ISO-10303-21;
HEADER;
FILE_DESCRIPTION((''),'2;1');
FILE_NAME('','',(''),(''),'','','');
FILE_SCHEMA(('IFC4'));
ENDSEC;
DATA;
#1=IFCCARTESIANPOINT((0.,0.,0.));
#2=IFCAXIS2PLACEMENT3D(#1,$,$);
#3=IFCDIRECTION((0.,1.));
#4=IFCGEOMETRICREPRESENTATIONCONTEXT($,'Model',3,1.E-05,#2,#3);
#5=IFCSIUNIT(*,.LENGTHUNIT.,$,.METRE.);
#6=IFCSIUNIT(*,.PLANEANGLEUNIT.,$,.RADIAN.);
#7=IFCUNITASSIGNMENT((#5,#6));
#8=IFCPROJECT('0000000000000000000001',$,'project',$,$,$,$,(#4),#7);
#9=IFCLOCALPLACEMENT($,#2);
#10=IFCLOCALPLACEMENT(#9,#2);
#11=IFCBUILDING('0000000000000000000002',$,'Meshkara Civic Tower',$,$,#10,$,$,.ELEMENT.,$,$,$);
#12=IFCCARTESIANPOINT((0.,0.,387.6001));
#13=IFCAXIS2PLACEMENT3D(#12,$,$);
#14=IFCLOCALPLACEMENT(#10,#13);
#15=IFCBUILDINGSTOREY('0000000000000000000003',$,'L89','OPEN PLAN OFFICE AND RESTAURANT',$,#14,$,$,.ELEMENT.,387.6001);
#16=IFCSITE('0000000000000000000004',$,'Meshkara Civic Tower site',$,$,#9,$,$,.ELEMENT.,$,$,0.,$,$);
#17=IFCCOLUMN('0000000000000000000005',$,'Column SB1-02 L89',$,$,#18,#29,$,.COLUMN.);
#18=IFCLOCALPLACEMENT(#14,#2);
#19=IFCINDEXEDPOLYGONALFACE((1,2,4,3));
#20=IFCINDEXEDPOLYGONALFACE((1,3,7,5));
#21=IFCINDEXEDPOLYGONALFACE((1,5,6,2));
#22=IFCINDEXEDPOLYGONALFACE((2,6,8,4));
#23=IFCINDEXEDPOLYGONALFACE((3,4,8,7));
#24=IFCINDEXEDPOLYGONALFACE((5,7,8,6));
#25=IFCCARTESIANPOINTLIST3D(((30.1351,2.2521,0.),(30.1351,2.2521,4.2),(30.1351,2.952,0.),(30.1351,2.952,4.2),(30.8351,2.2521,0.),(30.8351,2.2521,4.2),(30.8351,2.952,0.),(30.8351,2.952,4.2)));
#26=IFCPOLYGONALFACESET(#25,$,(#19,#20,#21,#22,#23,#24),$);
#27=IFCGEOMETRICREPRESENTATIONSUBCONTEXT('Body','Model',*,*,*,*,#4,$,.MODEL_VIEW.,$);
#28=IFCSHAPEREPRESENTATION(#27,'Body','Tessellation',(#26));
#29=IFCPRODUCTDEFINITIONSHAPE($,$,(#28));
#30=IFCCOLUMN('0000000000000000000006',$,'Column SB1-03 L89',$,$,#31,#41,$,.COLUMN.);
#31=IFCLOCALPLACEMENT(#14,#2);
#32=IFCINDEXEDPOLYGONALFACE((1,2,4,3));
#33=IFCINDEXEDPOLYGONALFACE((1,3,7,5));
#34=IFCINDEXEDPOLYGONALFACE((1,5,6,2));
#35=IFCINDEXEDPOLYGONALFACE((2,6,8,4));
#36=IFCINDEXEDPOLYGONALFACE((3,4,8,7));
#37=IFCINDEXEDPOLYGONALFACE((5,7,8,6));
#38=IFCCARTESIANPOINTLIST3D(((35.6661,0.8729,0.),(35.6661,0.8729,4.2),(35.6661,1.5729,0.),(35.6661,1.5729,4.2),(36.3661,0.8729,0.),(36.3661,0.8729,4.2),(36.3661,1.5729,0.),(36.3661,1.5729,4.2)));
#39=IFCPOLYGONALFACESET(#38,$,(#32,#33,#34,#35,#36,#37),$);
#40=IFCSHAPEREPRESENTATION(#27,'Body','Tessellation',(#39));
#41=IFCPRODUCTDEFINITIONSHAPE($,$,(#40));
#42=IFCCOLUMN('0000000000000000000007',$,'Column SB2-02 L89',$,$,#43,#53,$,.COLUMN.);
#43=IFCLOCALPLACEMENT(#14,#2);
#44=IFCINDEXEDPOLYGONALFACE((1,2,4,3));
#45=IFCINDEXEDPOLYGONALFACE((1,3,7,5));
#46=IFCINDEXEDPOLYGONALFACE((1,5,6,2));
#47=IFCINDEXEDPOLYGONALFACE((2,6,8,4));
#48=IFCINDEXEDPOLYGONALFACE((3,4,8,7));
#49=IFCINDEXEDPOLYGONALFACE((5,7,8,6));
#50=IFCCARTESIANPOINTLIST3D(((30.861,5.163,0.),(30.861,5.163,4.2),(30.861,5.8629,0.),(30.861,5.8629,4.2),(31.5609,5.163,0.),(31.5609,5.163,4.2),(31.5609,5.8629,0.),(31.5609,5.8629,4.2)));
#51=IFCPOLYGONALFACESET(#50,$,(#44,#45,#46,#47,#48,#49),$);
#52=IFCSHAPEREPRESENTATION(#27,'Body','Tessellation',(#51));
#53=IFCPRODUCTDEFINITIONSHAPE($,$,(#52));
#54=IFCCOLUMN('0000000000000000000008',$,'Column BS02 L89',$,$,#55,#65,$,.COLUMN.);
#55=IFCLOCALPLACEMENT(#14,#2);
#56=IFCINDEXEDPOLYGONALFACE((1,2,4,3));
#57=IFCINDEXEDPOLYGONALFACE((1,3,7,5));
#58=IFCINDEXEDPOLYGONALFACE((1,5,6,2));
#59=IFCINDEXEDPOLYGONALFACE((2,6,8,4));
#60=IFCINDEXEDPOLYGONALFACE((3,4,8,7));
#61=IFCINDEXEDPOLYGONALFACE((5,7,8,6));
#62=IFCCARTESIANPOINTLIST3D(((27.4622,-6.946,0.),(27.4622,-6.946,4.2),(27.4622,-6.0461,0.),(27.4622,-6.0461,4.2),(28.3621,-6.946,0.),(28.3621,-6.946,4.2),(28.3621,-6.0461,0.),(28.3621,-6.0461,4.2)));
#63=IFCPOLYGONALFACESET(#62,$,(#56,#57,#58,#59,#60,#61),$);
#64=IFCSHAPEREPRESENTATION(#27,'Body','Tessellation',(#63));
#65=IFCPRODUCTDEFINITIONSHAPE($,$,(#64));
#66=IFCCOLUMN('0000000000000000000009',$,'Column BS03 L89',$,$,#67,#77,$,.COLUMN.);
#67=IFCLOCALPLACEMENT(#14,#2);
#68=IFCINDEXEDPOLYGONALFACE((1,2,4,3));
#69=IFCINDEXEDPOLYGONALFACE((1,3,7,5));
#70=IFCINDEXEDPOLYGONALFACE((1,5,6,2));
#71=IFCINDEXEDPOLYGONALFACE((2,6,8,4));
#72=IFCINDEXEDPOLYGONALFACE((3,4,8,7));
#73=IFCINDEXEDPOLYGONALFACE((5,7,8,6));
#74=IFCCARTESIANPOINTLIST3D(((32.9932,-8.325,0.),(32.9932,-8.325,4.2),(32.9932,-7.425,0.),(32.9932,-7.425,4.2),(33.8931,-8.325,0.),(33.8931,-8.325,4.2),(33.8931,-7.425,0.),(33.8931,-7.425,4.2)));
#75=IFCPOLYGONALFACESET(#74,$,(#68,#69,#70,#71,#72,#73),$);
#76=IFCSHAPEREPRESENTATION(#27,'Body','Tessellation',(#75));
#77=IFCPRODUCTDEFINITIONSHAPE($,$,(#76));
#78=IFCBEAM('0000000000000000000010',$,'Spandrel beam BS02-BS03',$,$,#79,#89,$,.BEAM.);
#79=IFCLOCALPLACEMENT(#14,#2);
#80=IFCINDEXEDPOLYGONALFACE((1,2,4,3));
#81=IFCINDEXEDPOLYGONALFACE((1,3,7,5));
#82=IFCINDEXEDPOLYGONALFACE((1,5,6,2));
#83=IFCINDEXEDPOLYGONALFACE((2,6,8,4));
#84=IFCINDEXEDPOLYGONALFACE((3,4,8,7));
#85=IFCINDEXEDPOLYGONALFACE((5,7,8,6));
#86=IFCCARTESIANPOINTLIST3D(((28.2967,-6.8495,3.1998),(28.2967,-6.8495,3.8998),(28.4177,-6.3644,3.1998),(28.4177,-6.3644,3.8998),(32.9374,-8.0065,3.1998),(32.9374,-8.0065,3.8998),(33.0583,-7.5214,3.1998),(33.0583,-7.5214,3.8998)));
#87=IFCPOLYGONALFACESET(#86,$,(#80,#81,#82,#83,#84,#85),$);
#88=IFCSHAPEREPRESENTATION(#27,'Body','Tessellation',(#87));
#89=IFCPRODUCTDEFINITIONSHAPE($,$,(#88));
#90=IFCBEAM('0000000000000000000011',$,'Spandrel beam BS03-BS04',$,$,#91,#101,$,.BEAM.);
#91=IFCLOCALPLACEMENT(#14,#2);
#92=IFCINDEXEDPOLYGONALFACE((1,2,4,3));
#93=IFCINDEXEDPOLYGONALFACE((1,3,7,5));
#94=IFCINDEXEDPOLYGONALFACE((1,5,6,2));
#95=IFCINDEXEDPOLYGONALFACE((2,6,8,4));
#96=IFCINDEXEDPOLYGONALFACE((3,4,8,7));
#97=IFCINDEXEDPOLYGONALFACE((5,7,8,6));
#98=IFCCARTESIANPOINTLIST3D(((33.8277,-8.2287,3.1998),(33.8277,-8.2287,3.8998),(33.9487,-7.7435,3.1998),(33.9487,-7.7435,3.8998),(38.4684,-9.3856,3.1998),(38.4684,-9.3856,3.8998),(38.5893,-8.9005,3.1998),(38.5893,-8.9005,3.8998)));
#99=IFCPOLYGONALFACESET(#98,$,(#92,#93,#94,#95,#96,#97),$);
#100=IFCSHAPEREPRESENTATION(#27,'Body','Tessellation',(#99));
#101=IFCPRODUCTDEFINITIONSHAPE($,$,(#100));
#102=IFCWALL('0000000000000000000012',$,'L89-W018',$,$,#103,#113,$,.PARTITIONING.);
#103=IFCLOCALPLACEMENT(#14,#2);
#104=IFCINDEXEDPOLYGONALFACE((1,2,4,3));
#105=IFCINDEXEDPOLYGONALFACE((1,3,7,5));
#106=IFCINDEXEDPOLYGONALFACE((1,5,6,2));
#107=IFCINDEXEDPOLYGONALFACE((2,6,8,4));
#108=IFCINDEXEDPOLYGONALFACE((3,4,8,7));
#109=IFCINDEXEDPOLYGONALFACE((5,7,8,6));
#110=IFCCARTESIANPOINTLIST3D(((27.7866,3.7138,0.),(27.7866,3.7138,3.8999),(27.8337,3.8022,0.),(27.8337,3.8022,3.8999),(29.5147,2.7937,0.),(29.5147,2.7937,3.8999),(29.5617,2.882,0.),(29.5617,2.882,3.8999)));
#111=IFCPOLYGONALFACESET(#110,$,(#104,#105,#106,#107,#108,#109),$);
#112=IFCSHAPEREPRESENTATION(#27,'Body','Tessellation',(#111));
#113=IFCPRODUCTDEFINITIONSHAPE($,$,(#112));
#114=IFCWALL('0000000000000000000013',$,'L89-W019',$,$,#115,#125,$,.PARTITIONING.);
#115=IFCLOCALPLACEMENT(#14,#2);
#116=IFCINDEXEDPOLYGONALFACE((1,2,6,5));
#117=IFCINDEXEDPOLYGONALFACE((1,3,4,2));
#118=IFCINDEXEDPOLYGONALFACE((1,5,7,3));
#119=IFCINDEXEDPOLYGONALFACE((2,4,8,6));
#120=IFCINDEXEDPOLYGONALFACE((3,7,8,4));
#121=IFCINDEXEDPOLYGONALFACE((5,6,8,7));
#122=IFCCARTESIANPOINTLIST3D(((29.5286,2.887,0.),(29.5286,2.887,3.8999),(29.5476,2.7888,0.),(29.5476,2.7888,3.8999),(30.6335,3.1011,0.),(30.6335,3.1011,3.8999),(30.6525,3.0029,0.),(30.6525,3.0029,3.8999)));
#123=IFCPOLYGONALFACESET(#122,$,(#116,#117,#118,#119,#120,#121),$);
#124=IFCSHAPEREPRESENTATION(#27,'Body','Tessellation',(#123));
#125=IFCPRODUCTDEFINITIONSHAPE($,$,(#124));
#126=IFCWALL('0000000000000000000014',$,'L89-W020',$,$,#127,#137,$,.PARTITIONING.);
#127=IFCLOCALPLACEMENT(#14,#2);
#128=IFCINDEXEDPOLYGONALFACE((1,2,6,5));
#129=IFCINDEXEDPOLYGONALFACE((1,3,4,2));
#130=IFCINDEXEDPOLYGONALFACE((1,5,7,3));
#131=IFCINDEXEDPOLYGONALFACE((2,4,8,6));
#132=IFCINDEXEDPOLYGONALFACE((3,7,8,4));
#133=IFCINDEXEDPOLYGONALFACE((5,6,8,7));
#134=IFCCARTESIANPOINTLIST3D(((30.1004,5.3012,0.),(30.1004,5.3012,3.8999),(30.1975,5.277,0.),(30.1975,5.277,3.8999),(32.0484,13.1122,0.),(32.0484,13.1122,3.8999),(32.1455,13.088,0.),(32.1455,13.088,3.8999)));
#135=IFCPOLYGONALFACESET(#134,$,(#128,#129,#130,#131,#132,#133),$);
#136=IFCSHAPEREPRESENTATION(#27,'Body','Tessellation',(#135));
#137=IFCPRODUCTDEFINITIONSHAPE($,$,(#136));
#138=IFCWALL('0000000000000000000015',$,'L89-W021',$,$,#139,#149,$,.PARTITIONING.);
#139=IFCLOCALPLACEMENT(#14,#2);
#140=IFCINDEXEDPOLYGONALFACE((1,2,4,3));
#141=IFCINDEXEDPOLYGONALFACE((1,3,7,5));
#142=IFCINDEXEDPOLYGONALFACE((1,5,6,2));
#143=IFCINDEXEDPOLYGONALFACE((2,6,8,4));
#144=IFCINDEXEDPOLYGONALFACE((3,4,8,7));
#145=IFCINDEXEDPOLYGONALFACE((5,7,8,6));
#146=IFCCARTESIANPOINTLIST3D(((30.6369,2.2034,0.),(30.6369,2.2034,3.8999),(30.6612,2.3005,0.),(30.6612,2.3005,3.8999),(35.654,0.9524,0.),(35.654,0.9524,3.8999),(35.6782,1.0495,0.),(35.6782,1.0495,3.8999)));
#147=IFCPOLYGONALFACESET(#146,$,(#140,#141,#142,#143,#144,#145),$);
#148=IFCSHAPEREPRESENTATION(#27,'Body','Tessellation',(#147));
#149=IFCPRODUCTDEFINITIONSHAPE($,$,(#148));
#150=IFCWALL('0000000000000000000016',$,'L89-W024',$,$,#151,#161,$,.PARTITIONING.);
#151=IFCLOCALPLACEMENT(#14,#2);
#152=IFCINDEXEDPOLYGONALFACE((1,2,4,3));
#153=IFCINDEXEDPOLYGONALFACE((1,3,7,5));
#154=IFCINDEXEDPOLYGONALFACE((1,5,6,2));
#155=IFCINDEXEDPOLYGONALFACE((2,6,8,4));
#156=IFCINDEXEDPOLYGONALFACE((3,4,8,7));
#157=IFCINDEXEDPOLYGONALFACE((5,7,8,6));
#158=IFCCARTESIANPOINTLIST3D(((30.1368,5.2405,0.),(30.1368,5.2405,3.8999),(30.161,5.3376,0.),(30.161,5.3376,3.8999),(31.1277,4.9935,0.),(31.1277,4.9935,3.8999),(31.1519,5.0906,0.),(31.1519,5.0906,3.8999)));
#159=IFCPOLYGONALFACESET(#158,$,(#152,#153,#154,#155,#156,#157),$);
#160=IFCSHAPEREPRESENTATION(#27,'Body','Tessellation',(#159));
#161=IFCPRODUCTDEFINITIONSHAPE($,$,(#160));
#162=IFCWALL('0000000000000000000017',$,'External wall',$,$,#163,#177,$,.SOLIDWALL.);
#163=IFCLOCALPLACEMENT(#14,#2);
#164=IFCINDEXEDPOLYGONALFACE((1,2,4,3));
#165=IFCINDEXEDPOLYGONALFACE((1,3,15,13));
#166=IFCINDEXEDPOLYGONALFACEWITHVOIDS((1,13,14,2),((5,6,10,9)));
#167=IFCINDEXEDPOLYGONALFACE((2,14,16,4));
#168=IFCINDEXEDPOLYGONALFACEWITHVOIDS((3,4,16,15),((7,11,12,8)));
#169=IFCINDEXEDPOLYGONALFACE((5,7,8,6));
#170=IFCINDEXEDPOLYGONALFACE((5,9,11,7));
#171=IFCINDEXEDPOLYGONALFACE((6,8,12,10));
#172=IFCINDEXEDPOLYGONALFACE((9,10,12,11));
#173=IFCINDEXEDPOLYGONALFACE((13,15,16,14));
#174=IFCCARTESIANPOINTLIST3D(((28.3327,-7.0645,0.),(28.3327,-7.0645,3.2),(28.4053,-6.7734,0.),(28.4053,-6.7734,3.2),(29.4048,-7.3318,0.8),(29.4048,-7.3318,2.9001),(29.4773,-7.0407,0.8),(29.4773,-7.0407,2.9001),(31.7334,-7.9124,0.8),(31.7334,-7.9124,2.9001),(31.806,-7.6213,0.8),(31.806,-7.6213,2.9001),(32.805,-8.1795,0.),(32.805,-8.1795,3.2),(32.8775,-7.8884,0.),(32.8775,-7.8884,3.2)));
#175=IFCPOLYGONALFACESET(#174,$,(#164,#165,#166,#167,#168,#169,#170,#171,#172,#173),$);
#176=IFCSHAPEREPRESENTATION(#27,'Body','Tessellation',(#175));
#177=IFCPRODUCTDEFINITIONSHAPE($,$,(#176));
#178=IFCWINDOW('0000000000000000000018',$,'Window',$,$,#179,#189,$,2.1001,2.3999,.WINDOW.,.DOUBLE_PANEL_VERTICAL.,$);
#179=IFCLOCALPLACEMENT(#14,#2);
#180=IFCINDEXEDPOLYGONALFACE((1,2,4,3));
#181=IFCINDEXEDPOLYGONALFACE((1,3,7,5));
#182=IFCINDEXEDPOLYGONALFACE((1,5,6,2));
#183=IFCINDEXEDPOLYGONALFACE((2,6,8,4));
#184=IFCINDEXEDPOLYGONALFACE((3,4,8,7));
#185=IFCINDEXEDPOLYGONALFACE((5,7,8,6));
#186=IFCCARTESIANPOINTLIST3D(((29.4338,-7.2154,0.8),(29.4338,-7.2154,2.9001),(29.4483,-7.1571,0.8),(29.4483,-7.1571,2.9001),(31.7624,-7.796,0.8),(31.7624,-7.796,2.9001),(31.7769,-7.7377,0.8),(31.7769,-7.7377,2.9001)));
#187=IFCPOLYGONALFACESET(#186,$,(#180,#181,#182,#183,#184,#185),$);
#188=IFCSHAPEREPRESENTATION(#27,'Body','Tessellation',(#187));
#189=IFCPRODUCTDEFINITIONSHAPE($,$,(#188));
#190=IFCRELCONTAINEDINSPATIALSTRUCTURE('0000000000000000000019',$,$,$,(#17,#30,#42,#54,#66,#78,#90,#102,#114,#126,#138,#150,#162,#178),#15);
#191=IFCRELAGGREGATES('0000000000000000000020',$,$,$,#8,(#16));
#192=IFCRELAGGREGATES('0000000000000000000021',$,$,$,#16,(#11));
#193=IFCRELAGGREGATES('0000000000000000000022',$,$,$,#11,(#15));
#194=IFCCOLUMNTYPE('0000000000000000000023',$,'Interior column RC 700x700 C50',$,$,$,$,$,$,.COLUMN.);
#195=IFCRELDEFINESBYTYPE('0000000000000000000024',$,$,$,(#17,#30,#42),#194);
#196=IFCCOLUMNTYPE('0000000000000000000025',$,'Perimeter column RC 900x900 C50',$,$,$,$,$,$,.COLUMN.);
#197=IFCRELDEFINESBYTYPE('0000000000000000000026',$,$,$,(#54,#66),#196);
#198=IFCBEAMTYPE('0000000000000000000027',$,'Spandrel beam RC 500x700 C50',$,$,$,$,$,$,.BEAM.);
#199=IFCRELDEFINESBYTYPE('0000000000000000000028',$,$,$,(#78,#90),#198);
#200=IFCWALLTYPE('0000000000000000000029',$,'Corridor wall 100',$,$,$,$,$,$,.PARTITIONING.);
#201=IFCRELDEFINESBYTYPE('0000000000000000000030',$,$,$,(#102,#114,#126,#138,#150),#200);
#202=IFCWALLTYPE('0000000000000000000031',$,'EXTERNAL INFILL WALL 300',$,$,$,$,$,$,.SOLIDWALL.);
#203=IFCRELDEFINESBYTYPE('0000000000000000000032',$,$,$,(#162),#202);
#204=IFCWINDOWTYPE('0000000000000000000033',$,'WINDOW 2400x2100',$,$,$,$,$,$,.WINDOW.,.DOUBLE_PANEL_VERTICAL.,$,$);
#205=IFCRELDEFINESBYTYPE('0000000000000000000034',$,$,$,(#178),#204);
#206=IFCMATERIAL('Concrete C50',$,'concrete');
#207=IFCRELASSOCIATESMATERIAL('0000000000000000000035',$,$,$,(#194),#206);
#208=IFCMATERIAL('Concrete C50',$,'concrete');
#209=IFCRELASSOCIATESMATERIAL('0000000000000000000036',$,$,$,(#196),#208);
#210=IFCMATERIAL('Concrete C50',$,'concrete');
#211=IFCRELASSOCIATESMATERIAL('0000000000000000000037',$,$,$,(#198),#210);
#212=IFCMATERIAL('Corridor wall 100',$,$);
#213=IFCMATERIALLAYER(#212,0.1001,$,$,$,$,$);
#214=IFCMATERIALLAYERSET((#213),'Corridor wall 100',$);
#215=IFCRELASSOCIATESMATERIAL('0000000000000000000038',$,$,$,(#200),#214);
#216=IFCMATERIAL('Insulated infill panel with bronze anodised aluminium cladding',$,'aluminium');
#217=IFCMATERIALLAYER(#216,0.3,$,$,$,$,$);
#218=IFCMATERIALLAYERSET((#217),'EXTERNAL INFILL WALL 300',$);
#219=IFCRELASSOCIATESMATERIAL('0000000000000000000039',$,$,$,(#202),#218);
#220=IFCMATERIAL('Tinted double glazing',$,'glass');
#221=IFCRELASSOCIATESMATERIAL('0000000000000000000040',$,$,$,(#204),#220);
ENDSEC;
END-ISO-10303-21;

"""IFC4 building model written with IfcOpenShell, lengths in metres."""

from ifc_helpers import new_model, si_unit, direction, frame, frame_2d, origin, origin_2d, place, context, subcontext, project, spatial, rectangle, extrude, material, layer, layer_set, material_profile, profile_set, type_object, element, fill, save


model = new_model("IFC4")

# Units and contexts
model_context = context("Model", 3, precision=1e-05, world=origin(), true_north=direction((0.0, 1.0)))
body_context = subcontext(model_context, "Body", "Model", "MODEL_VIEW")
ifc_project = project(units=[si_unit("LENGTHUNIT", "METRE"), si_unit("PLANEANGLEUNIT", "RADIAN")], contexts=[model_context])

# Site, building, storey
site_placement = place(None, origin())
site = spatial("IfcSite", under=ifc_project, at=site_placement, Name="Meshkara Civic Tower site", CompositionType="ELEMENT", RefElevation=0.0)
building_placement = place(site_placement, origin())
building = spatial("IfcBuilding", under=site, at=building_placement, Name="Meshkara Civic Tower", CompositionType="ELEMENT")
storey_placement = place(building_placement, frame((0.0, 0.0, 387.6001)))
storey = spatial("IfcBuildingStorey", under=building, at=storey_placement, Name="L89", Description="OPEN PLAN OFFICE AND RESTAURANT", CompositionType="ELEMENT", Elevation=387.6001)

# Columns
ifc_material_1 = material(Name="Concrete C50", Category="concrete")
ifc_material_profile_1 = material_profile(ifc_material_1, rectangle(XDim=0.7, YDim=0.7, at=origin_2d()))
ifc_profile_set_1 = profile_set([ifc_material_profile_1], Name="Concrete C50")
column_type_1 = type_object("IfcColumnType", Name="Interior column RC 700x700 C50", PredefinedType="COLUMN", material=ifc_profile_set_1)
for number, where, z_axis, x_axis, name in (
    (1, (30.4851, 2.6021, 0.0), (0.0, 0.0, 1.0), (1.0, 0.0, 0.0), "Column SB1-02 L89"),
    (2, (36.0161, 1.2229, 0.0), (0.0, 0.0, 1.0), (1.0, 0.0, 0.0), "Column SB1-03 L89"),
    (3, (31.2109, 5.5129, 0.0), (0.0, 0.0, 1.0), (1.0, 0.0, 0.0), "Column SB2-02 L89"),
):
    element("IfcColumn", number, at=place(storey_placement, frame(where, z_axis=z_axis, x_axis=x_axis)), inside=storey, type_object=column_type_1, Name=name, PredefinedType="COLUMN", context=body_context, shape_type="SweptSolid", body=[
        extrude(rectangle(XDim=0.7, YDim=0.7, at=origin_2d()), origin(), (0.0, 0.0, 1.0), 4.2),
    ])
ifc_material_2 = material(Name="Concrete C50", Category="concrete")
ifc_material_profile_2 = material_profile(ifc_material_2, rectangle(XDim=0.8999, YDim=0.8999, at=origin_2d()))
ifc_profile_set_2 = profile_set([ifc_material_profile_2], Name="Concrete C50")
column_type_2 = type_object("IfcColumnType", Name="Perimeter column RC 900x900 C50", PredefinedType="COLUMN", material=ifc_profile_set_2)
for number, where, z_axis, x_axis, name in (
    (4, (27.9121, -6.4961, 0.0), (0.0, 0.0, 1.0), (1.0, 0.0, 0.0), "Column BS02 L89"),
    (5, (33.4431, -7.875, 0.0), (0.0, 0.0, 1.0), (1.0, 0.0, 0.0), "Column BS03 L89"),
):
    element("IfcColumn", number, at=place(storey_placement, frame(where, z_axis=z_axis, x_axis=x_axis)), inside=storey, type_object=column_type_2, Name=name, PredefinedType="COLUMN", context=body_context, shape_type="SweptSolid", body=[
        extrude(rectangle(XDim=0.8999, YDim=0.8999, at=origin_2d()), origin(), (0.0, 0.0, 1.0), 4.2),
    ])

# Beams
ifc_material_3 = material(Name="Concrete C50", Category="concrete")
ifc_material_profile_3 = material_profile(ifc_material_3, rectangle(XDim=0.5, YDim=0.7, at=origin_2d()))
ifc_profile_set_3 = profile_set([ifc_material_profile_3], Name="Concrete C50")
beam_type = type_object("IfcBeamType", Name="Spandrel beam RC 500x700 C50", PredefinedType="BEAM", material=ifc_profile_set_3)
for number, where, z_axis, x_axis, name in (
    (6, (28.3572, -6.6069, 3.5498), (0.970298, -0.241911, 0.0), (0.241911, 0.970298, 0.0), "Spandrel beam BS02-BS03"),
    (7, (33.8882, -7.9861, 3.5498), (0.970298, -0.241911, 0.0), (0.241911, 0.970298, 0.0), "Spandrel beam BS03-BS04"),
):
    element("IfcBeam", number, at=place(storey_placement, frame(where, z_axis=z_axis, x_axis=x_axis)), inside=storey, type_object=beam_type, Name=name, PredefinedType="BEAM", context=body_context, shape_type="SweptSolid", body=[
        extrude(rectangle(XDim=0.5, YDim=0.7, at=origin_2d()), origin(), (0.0, 0.0, 1.0), 4.7827),
    ])

# Walls
ifc_material_4 = material(Name="Corridor wall 100")
ifc_layer_1 = layer(ifc_material_4, 0.1001)
ifc_layer_set_1 = layer_set([ifc_layer_1], Name="Corridor wall 100")
wall_type_1 = type_object("IfcWallType", Name="Corridor wall 100", PredefinedType="PARTITIONING", material=ifc_layer_set_1)
wall_1_placement = place(storey_placement, frame((27.8101, 3.7581, 0.0), z_axis=(0.0, 0.0, 1.0), x_axis=(0.88266, -0.470012, 0.0)))
element("IfcWall", 8, at=wall_1_placement, inside=storey, type_object=wall_type_1, Name="L89-W018", PredefinedType="PARTITIONING", context=body_context, shape_type="SweptSolid", body=[
    extrude(rectangle(XDim=1.9578, YDim=0.1001, at=frame_2d((0.979, 0.0))), origin(), (0.0, 0.0, 1.0), 3.8999),
])
wall_2_placement = place(storey_placement, frame((29.5381, 2.8379, 0.0), z_axis=(0.0, 0.0, 1.0), x_axis=(0.981739, 0.190231, 0.0)))
element("IfcWall", 9, at=wall_2_placement, inside=storey, type_object=wall_type_1, Name="L89-W019", PredefinedType="PARTITIONING", context=body_context, shape_type="SweptSolid", body=[
    extrude(rectangle(XDim=1.1255, YDim=0.1001, at=frame_2d((0.5627, 0.0))), origin(), (0.0, 0.0, 1.0), 3.8999),
])
wall_3_placement = place(storey_placement, frame((30.1489, 5.2891, 0.0), z_axis=(0.0, 0.0, 1.0), x_axis=(0.241979, 0.970281, 0.0)))
element("IfcWall", 10, at=wall_3_placement, inside=storey, type_object=wall_type_1, Name="L89-W020", PredefinedType="PARTITIONING", context=body_context, shape_type="SweptSolid", body=[
    extrude(rectangle(XDim=8.0503, YDim=0.1001, at=frame_2d((4.0251, 0.0))), origin(), (0.0, 0.0, 1.0), 3.8999),
])
wall_4_placement = place(storey_placement, frame((30.6489, 2.252, 0.0), z_axis=(0.0, 0.0, 1.0), x_axis=(0.970292, -0.241936, 0.0)))
element("IfcWall", 11, at=wall_4_placement, inside=storey, type_object=wall_type_1, Name="L89-W021", PredefinedType="PARTITIONING", context=body_context, shape_type="SweptSolid", body=[
    extrude(rectangle(XDim=5.1707, YDim=0.1001, at=frame_2d((2.5854, 0.0))), origin(), (0.0, 0.0, 1.0), 3.8999),
])
wall_5_placement = place(storey_placement, frame((31.1399, 5.042, 0.0), z_axis=(0.0, 0.0, 1.0), x_axis=(-0.970297, 0.241917, 0.0)))
element("IfcWall", 12, at=wall_5_placement, inside=storey, type_object=wall_type_1, Name="L89-W024", PredefinedType="PARTITIONING", context=body_context, shape_type="SweptSolid", body=[
    extrude(rectangle(XDim=1.0212, YDim=0.1001, at=frame_2d((0.5107, 0.0))), origin(), (0.0, 0.0, 1.0), 3.8999),
])

# Wall, opening, window
ifc_material_5 = material(Name="Insulated infill panel with bronze anodised aluminium cladding", Category="aluminium")
ifc_layer_2 = layer(ifc_material_5, 0.3)
ifc_layer_set_2 = layer_set([ifc_layer_2], Name="EXTERNAL INFILL WALL 300")
wall_type_2 = type_object("IfcWallType", Name="EXTERNAL INFILL WALL 300", PredefinedType="SOLIDWALL", material=ifc_layer_set_2)
wall_6_placement = place(storey_placement, frame((28.3689, -6.9189, 0.0), z_axis=(0.0, 0.0, 1.0), x_axis=(0.970298, -0.241912, 0.0)))
wall_6 = element("IfcWall", 13, at=wall_6_placement, inside=storey, type_object=wall_type_2, Name="External wall", PredefinedType="SOLIDWALL", context=body_context, shape_type="SweptSolid", body=[
    extrude(rectangle(XDim=4.6091, YDim=0.3, at=frame_2d((2.3047, 0.0))), origin(), (0.0, 0.0, 1.0), 3.2),
])
opening_1_placement = place(wall_6_placement, frame((1.105, 0.0, 0.8)))
opening_1 = element("IfcOpeningElement", 14, at=opening_1_placement, cuts=wall_6, PredefinedType="OPENING", context=body_context, shape_type="SweptSolid", body=[
    extrude(rectangle(XDim=2.3999, YDim=2.1001, at=frame_2d((1.2, 1.05))), frame((0.0, 0.1599, 0.0), z_axis=(0.0, -1.0, 0.0), x_axis=(1.0, 0.0, 0.0)), (0.0, 0.0, 1.0), 0.3201),
])
ifc_material_6 = material(Name="Tinted double glazing", Category="glass")
window_type = type_object("IfcWindowType", Name="WINDOW 2400x2100", PartitioningType="DOUBLE_PANEL_VERTICAL", PredefinedType="WINDOW", material=ifc_material_6)
window_1_placement = place(opening_1_placement, origin())
window_1 = element("IfcWindow", 15, at=window_1_placement, inside=storey, type_object=window_type, Name="Window", OverallHeight=2.1001, OverallWidth=2.3999, PartitioningType="DOUBLE_PANEL_VERTICAL", PredefinedType="WINDOW", context=body_context, shape_type="SweptSolid", body=[
    extrude(rectangle(XDim=2.3999, YDim=2.1001, at=frame_2d((1.2, 1.05))), frame((0.0, 0.03, 0.0), z_axis=(0.0, -1.0, 0.0), x_axis=(1.0, 0.0, 0.0)), (0.0, 0.0, 1.0), 0.0601),
])
fill(opening_1, window_1)

save(model, "model.ifc")
